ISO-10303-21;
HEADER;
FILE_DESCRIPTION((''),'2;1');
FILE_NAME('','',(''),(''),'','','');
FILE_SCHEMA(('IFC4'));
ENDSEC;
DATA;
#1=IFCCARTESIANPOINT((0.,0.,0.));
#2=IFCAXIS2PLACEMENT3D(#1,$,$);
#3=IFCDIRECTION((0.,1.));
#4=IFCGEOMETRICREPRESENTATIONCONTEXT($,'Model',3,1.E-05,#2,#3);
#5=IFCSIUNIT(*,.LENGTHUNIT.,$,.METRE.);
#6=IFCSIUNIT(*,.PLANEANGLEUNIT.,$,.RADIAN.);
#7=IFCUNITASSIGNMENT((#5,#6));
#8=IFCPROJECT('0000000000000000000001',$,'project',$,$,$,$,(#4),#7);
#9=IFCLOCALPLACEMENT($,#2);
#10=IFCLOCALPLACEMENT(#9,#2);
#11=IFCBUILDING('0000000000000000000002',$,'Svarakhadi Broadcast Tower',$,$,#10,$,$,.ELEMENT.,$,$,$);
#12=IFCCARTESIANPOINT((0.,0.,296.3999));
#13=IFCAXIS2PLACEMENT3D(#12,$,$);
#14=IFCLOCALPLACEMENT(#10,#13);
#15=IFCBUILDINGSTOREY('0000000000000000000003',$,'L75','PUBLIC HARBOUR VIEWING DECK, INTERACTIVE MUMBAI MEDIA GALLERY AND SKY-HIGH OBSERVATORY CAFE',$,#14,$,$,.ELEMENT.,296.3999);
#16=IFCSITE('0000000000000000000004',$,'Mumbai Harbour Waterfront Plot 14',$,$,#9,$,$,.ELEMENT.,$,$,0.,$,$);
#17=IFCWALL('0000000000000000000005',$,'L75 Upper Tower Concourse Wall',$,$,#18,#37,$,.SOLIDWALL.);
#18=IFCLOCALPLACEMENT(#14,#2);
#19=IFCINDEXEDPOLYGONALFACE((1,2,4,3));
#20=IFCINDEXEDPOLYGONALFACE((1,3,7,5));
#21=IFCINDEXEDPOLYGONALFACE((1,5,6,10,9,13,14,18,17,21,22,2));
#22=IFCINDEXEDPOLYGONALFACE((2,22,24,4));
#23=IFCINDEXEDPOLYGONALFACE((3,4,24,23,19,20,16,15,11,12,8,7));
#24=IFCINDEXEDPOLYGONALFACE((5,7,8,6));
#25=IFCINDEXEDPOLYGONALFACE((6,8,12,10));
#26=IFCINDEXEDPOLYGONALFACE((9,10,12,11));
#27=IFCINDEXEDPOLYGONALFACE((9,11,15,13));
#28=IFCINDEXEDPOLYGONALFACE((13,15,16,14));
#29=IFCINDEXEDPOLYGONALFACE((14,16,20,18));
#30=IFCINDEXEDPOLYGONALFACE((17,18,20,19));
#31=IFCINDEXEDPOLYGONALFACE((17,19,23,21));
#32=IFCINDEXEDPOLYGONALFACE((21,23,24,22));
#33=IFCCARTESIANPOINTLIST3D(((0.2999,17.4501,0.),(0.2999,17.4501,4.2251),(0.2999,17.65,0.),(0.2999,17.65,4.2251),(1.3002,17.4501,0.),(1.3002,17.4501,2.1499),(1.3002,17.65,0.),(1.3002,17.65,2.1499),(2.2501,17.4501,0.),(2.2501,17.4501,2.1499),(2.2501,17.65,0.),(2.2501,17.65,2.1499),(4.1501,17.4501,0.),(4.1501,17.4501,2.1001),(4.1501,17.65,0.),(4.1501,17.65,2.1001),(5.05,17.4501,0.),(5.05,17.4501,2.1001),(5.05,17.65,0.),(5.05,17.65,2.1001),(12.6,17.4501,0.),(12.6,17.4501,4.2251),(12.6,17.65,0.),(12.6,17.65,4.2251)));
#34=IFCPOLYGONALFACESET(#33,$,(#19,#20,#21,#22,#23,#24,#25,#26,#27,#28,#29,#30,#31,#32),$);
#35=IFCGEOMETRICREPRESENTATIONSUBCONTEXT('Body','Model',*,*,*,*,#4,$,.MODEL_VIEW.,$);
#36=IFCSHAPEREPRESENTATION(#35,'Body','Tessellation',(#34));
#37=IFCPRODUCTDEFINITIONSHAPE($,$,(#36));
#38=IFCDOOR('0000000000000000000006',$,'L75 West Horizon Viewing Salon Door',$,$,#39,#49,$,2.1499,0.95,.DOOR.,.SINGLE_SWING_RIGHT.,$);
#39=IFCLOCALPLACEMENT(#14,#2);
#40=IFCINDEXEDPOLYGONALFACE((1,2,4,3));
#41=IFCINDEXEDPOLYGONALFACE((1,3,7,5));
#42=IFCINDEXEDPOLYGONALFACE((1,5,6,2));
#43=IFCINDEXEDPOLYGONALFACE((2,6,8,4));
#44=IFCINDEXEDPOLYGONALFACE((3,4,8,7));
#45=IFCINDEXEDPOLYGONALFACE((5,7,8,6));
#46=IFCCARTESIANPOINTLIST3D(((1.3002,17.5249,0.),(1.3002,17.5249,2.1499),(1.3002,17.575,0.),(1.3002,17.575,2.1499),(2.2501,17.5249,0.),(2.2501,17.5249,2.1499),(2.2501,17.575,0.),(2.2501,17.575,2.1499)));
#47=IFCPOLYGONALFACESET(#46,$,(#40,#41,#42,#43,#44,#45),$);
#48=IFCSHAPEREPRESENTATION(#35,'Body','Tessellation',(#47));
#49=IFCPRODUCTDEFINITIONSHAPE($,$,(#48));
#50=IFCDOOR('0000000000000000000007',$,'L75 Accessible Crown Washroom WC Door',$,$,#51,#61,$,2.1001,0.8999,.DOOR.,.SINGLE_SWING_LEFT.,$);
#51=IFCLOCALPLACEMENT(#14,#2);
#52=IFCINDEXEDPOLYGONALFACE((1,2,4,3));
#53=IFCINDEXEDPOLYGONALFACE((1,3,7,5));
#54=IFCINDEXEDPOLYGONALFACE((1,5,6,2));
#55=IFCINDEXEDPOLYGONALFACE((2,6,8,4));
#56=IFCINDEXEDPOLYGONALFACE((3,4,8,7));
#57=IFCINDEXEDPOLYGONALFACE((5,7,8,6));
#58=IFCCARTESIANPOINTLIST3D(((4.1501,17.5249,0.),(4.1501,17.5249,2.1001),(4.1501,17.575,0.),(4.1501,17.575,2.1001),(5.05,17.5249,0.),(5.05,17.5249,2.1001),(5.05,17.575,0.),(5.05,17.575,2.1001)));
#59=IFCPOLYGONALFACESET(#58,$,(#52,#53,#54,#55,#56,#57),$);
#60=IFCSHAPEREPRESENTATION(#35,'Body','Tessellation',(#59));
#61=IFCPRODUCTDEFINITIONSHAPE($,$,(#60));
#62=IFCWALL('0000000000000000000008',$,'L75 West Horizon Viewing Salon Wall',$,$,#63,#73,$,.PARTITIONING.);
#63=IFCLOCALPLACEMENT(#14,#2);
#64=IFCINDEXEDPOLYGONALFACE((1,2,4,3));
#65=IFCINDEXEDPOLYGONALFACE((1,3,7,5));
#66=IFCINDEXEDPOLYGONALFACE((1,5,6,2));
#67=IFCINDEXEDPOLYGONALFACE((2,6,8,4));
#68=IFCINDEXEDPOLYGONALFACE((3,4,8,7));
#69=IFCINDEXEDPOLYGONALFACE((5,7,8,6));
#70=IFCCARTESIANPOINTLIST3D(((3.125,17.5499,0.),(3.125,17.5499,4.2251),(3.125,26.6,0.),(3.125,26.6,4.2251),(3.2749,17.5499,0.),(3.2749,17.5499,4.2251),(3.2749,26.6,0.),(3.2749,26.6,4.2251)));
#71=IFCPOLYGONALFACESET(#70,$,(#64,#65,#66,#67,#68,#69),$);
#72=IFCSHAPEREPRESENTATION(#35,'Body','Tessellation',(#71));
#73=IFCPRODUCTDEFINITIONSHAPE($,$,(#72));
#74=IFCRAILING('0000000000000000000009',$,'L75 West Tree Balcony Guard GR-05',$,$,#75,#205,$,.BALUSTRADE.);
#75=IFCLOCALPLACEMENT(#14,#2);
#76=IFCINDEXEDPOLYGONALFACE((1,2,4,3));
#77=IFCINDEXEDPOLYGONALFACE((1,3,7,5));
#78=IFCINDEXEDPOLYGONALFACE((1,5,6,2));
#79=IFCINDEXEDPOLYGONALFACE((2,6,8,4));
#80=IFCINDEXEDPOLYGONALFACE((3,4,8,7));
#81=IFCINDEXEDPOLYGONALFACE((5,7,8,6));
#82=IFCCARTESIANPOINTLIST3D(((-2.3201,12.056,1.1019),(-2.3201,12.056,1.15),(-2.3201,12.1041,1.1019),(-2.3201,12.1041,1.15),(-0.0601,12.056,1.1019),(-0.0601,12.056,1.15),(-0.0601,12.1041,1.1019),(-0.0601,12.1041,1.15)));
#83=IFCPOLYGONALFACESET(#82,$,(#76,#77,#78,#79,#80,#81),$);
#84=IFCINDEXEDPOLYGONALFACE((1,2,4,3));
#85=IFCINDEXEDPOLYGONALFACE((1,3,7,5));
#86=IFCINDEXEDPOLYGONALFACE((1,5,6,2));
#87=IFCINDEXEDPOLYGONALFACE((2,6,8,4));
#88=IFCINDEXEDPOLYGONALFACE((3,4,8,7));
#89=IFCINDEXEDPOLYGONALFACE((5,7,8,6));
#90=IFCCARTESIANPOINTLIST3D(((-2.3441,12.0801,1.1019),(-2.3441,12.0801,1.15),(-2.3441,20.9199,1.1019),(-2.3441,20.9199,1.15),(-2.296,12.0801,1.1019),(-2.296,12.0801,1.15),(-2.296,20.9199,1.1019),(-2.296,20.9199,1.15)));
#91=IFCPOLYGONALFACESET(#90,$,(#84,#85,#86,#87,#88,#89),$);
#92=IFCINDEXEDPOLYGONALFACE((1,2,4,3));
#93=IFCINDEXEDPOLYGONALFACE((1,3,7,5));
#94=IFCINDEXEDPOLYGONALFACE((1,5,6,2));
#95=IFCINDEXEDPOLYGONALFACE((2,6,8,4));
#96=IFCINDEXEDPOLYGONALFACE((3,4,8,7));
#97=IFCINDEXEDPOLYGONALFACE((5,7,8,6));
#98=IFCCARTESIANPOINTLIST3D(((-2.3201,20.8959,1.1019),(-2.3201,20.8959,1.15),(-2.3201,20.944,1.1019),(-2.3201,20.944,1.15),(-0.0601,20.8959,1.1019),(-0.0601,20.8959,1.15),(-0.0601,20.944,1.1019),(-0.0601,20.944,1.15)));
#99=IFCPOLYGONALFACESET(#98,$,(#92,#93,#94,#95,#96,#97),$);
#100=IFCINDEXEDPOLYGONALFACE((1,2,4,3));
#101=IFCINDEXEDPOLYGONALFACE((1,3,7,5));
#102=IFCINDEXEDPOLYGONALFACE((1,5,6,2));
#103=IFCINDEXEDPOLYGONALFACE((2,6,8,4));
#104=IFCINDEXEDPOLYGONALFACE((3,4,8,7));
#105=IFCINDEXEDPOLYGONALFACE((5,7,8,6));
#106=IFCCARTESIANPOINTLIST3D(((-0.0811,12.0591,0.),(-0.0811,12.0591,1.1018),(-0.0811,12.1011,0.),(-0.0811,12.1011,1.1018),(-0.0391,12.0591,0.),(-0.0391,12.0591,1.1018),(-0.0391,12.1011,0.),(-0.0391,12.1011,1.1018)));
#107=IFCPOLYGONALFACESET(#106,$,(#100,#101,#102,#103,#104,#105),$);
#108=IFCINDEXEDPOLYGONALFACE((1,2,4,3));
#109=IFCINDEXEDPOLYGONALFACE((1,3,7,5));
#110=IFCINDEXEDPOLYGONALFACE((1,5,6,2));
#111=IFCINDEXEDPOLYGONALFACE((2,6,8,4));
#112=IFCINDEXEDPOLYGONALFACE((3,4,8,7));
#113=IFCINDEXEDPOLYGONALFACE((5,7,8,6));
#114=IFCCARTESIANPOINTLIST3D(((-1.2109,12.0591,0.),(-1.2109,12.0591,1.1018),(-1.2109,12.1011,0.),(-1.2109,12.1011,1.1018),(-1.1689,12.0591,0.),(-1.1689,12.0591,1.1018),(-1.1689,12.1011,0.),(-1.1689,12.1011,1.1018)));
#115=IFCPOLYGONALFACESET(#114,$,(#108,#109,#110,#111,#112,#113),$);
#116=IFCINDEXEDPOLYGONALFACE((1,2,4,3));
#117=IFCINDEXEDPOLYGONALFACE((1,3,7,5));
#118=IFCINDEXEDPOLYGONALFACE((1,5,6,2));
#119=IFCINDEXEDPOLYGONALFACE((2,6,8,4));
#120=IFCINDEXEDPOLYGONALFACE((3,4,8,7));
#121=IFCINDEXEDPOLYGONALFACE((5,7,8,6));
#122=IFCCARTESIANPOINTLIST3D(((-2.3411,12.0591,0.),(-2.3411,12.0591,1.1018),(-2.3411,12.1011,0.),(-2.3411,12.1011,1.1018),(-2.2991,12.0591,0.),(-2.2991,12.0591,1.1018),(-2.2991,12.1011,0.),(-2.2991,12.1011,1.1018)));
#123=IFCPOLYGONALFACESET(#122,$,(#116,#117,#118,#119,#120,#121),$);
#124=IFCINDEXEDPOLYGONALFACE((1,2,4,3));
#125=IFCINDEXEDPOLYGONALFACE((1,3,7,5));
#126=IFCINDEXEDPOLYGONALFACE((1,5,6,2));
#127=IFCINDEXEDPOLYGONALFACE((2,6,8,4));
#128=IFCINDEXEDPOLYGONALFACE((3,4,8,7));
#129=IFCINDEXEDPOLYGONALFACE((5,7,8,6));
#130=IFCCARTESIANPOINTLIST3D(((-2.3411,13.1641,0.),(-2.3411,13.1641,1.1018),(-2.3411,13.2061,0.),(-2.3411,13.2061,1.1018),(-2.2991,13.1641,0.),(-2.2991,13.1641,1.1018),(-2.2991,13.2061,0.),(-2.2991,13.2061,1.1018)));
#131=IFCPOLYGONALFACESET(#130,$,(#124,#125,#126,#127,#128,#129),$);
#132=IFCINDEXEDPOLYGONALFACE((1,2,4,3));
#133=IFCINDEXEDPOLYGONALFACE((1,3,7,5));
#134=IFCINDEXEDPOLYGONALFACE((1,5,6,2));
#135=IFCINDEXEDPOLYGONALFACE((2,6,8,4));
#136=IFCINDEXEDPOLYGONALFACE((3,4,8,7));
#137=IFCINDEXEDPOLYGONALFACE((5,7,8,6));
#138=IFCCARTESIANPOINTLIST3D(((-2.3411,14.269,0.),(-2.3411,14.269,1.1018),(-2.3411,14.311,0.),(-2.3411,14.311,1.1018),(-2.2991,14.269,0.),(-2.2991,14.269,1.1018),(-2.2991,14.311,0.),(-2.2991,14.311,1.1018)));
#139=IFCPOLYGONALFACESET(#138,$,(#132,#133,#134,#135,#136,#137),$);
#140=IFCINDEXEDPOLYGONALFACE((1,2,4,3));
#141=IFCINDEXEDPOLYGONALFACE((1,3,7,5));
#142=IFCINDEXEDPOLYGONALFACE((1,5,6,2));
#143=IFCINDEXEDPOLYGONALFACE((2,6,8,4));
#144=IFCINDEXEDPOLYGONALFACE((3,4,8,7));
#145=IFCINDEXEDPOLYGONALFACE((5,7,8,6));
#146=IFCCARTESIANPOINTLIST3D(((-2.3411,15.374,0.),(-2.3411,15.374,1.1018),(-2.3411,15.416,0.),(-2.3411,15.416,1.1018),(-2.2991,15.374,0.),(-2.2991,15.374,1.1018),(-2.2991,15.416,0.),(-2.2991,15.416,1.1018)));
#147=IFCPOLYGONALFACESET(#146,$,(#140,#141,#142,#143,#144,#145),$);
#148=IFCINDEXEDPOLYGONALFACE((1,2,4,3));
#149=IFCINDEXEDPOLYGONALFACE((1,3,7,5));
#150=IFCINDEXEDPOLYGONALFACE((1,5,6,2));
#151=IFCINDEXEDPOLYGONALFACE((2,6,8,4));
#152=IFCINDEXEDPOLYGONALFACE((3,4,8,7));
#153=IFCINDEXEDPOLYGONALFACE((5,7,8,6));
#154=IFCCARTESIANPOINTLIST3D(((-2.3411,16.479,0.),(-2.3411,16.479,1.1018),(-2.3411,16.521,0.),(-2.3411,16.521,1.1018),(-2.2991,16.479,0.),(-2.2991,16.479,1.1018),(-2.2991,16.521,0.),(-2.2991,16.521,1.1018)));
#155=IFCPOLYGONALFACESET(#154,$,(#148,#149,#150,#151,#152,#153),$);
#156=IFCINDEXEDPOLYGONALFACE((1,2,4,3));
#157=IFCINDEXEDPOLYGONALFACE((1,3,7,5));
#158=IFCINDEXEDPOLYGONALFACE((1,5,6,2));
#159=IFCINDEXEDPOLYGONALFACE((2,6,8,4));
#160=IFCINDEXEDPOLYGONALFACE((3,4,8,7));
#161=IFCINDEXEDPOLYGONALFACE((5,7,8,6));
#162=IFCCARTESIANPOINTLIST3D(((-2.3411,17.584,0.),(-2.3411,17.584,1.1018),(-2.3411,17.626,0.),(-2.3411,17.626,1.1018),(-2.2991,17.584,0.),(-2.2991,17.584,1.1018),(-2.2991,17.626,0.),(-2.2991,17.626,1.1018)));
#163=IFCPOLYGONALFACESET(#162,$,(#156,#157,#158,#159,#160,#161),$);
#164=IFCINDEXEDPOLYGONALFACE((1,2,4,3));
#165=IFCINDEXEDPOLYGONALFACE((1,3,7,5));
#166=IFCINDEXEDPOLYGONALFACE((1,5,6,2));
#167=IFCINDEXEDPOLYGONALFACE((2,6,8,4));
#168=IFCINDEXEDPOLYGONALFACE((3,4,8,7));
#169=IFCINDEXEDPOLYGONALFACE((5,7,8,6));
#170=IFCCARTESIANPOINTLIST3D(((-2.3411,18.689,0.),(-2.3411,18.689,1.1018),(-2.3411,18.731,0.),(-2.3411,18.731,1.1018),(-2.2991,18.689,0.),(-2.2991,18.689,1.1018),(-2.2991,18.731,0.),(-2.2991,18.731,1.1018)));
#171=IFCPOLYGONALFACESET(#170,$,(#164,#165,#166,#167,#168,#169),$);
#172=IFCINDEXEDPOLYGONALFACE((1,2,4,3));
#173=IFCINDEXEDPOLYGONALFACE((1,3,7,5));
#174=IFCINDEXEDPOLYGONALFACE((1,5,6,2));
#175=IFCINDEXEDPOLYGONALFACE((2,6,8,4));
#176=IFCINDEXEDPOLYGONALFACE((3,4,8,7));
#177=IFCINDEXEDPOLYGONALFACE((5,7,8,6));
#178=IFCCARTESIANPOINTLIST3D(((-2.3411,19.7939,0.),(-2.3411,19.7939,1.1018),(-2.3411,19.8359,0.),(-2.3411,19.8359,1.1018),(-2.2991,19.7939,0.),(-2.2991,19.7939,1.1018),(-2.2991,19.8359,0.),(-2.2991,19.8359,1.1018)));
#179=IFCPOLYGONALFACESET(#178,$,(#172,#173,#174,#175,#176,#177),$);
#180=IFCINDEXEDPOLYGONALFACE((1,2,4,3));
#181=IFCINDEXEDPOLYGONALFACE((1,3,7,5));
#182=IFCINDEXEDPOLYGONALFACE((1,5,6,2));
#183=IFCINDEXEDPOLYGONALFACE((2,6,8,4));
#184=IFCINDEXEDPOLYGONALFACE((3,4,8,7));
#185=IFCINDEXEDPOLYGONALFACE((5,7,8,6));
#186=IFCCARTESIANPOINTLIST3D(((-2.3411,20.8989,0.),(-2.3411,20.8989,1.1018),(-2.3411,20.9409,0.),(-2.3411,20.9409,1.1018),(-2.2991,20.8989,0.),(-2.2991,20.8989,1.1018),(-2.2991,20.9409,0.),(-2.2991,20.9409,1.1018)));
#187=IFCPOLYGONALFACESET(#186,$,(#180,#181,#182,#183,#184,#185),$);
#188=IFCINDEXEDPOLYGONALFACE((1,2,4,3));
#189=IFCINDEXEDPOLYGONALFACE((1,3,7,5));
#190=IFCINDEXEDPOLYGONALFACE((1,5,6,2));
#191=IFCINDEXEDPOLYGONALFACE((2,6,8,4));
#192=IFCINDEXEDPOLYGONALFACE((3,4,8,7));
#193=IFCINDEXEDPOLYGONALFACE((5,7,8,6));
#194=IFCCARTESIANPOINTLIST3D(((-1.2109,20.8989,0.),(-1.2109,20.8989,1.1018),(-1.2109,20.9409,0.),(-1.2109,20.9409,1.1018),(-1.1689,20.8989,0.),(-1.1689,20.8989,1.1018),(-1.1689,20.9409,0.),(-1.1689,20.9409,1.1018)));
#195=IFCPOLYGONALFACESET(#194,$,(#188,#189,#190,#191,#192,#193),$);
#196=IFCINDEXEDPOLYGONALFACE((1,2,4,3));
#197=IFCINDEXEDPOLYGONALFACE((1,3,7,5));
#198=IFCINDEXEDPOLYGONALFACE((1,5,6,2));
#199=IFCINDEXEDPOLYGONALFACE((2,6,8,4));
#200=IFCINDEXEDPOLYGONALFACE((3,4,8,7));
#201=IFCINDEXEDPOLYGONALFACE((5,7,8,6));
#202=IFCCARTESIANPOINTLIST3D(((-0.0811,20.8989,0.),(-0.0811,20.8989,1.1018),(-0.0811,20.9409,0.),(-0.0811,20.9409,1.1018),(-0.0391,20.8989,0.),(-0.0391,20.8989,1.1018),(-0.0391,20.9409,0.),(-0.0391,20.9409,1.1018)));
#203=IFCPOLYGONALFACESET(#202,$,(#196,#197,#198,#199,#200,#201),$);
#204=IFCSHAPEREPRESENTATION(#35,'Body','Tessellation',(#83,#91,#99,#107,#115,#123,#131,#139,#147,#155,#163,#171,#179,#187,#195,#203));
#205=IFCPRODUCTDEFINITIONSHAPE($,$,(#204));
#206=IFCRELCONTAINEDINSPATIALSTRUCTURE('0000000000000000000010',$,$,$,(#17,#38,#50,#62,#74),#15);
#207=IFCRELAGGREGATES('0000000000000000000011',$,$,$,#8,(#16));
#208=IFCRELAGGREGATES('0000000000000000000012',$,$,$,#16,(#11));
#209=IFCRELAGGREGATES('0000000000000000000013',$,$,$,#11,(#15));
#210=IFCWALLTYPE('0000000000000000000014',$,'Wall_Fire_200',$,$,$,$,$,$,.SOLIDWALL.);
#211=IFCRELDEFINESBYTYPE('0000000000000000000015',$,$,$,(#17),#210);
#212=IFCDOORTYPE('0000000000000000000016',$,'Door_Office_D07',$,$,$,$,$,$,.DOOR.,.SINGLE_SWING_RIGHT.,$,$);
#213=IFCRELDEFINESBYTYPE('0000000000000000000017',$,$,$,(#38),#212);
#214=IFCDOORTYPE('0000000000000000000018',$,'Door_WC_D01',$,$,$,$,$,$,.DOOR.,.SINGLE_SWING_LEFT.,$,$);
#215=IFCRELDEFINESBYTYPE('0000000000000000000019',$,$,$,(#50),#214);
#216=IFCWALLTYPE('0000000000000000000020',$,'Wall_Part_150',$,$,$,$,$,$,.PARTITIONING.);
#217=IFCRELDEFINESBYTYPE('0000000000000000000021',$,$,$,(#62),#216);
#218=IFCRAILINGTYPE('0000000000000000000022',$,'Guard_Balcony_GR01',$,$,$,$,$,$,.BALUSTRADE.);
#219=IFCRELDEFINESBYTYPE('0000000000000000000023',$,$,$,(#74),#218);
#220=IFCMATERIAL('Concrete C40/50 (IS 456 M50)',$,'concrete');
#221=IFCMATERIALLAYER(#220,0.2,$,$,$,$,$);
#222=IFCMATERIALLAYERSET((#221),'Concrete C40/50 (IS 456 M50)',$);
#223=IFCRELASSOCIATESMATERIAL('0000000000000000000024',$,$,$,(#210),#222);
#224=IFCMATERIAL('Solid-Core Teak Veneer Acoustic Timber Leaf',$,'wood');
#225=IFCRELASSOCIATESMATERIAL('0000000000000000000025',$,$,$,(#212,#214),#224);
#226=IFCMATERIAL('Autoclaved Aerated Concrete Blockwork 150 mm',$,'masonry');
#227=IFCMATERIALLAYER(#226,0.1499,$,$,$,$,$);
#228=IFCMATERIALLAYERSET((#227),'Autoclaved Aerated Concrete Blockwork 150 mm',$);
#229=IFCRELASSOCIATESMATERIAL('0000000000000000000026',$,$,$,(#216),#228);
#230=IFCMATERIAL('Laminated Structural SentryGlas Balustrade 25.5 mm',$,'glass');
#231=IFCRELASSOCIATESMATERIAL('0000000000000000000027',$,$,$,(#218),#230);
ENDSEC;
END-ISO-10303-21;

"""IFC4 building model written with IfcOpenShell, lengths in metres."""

from ifc_helpers import new_model, si_unit, direction, frame, frame_2d, origin, origin_2d, place, context, subcontext, project, spatial, rectangle, extrude, material, layer, layer_set, type_object, element, fill, save


model = new_model("IFC4")

# Units and contexts
model_context = context("Model", 3, precision=1e-05, world=origin(), true_north=direction((0.0, 1.0)))
body_context = subcontext(model_context, "Body", "Model", "MODEL_VIEW")
ifc_project = project(units=[si_unit("LENGTHUNIT", "METRE"), si_unit("PLANEANGLEUNIT", "RADIAN")], contexts=[model_context])

# Site, building, storey
site_placement = place(None, origin())
site = spatial("IfcSite", under=ifc_project, at=site_placement, Name="Mumbai Harbour Waterfront Plot 14", CompositionType="ELEMENT", RefElevation=0.0)
building_placement = place(site_placement, origin())
building = spatial("IfcBuilding", under=site, at=building_placement, Name="Svarakhadi Broadcast Tower", CompositionType="ELEMENT")
storey_placement = place(building_placement, frame((0.0, 0.0, 296.3999)))
storey = spatial("IfcBuildingStorey", under=building, at=storey_placement, Name="L75", Description="PUBLIC HARBOUR VIEWING DECK, INTERACTIVE MUMBAI MEDIA GALLERY AND SKY-HIGH OBSERVATORY CAFE", CompositionType="ELEMENT", Elevation=296.3999)

# Wall, openings, doors
ifc_material_1 = material(Name="Concrete C40/50 (IS 456 M50)", Category="concrete")
ifc_layer_1 = layer(ifc_material_1, 0.2)
ifc_layer_set_1 = layer_set([ifc_layer_1], Name="Concrete C40/50 (IS 456 M50)")
wall_type_1 = type_object("IfcWallType", Name="Wall_Fire_200", PredefinedType="SOLIDWALL", material=ifc_layer_set_1)
wall_1_placement = place(storey_placement, frame((0.3, 17.55, 0.0), z_axis=(0.0, 0.0, 1.0), x_axis=(1.0, 0.0, 0.0)))
wall_1 = element("IfcWall", 1, at=wall_1_placement, inside=storey, type_object=wall_type_1, Name="L75 Upper Tower Concourse Wall", PredefinedType="SOLIDWALL", context=body_context, shape_type="SweptSolid", body=[
    extrude(rectangle(XDim=12.3, YDim=0.2, at=frame_2d((6.1499, 0.0))), origin(), (0.0, 0.0, 1.0), 4.2251),
])
opening_1_placement = place(wall_1_placement, frame((1.0, 0.0, 0.0)))
opening_1 = element("IfcOpeningElement", 2, at=opening_1_placement, cuts=wall_1, PredefinedType="OPENING", context=body_context, shape_type="SweptSolid", body=[
    extrude(rectangle(XDim=0.95, YDim=2.1499, at=frame_2d((0.4751, 1.075))), frame((0.0, 0.1099, 0.0), z_axis=(0.0, -1.0, 0.0), x_axis=(1.0, 0.0, 0.0)), (0.0, 0.0, 1.0), 0.22),
])
opening_2_placement = place(wall_1_placement, frame((3.8501, 0.0, 0.0)))
opening_2 = element("IfcOpeningElement", 3, at=opening_2_placement, cuts=wall_1, PredefinedType="OPENING", context=body_context, shape_type="SweptSolid", body=[
    extrude(rectangle(XDim=0.8999, YDim=2.1001, at=frame_2d((0.45, 1.05))), frame((0.0, 0.1099, 0.0), z_axis=(0.0, -1.0, 0.0), x_axis=(1.0, 0.0, 0.0)), (0.0, 0.0, 1.0), 0.22),
])
ifc_material_2 = material(Name="Solid-Core Teak Veneer Acoustic Timber Leaf", Category="wood")
door_type_1 = type_object("IfcDoorType", Name="Door_Office_D07", OperationType="SINGLE_SWING_RIGHT", PredefinedType="DOOR", material=ifc_material_2)
door_1_placement = place(opening_1_placement, origin())
door_1 = element("IfcDoor", 4, at=door_1_placement, inside=storey, type_object=door_type_1, Name="L75 West Horizon Viewing Salon Door", OperationType="SINGLE_SWING_RIGHT", OverallHeight=2.1499, OverallWidth=0.95, PredefinedType="DOOR", context=body_context, shape_type="SweptSolid", body=[
    extrude(rectangle(XDim=0.95, YDim=2.1499, at=frame_2d((0.4751, 1.075))), frame((0.0, 0.0249, 0.0), z_axis=(0.0, -1.0, 0.0), x_axis=(1.0, 0.0, 0.0)), (0.0, 0.0, 1.0), 0.05),
])
fill(opening_1, door_1)
door_type_2 = type_object("IfcDoorType", Name="Door_WC_D01", OperationType="SINGLE_SWING_LEFT", PredefinedType="DOOR", material=ifc_material_2)
door_2_placement = place(opening_2_placement, origin())
door_2 = element("IfcDoor", 5, at=door_2_placement, inside=storey, type_object=door_type_2, Name="L75 Accessible Crown Washroom WC Door", OperationType="SINGLE_SWING_LEFT", OverallHeight=2.1001, OverallWidth=0.8999, PredefinedType="DOOR", context=body_context, shape_type="SweptSolid", body=[
    extrude(rectangle(XDim=0.8999, YDim=2.1001, at=frame_2d((0.45, 1.05))), frame((0.0, 0.0249, 0.0), z_axis=(0.0, -1.0, 0.0), x_axis=(1.0, 0.0, 0.0)), (0.0, 0.0, 1.0), 0.05),
])
fill(opening_2, door_2)

# Wall
ifc_material_3 = material(Name="Autoclaved Aerated Concrete Blockwork 150 mm", Category="masonry")
ifc_layer_2 = layer(ifc_material_3, 0.1499)
ifc_layer_set_2 = layer_set([ifc_layer_2], Name="Autoclaved Aerated Concrete Blockwork 150 mm")
wall_type_2 = type_object("IfcWallType", Name="Wall_Part_150", PredefinedType="PARTITIONING", material=ifc_layer_set_2)
wall_2_placement = place(storey_placement, frame((3.2, 17.55, 0.0), z_axis=(0.0, 0.0, 1.0), x_axis=(0.0, 1.0, 0.0)))
element("IfcWall", 6, at=wall_2_placement, inside=storey, type_object=wall_type_2, Name="L75 West Horizon Viewing Salon Wall", PredefinedType="PARTITIONING", context=body_context, shape_type="SweptSolid", body=[
    extrude(rectangle(XDim=9.05, YDim=0.1499, at=frame_2d((4.5249, 0.0))), origin(), (0.0, 0.0, 1.0), 4.2251),
])

# Railing
ifc_material_4 = material(Name="Laminated Structural SentryGlas Balustrade 25.5 mm", Category="glass")
railing_type = type_object("IfcRailingType", Name="Guard_Balcony_GR01", PredefinedType="BALUSTRADE", material=ifc_material_4)
railing_placement = place(storey_placement, frame((-0.0601, 12.0801, 0.0)))
element("IfcRailing", 7, at=railing_placement, inside=storey, type_object=railing_type, Name="L75 West Tree Balcony Guard GR-05", PredefinedType="BALUSTRADE", context=body_context, shape_type="SweptSolid", body=[
    extrude(rectangle(XDim=0.0481, YDim=0.0481, at=origin_2d()), frame((0.0, 0.0, 1.126), z_axis=(-1.0, 0.0, 0.0), x_axis=(0.0, -1.0, 0.0)), (0.0, 0.0, 1.0), 2.26),
    extrude(rectangle(XDim=0.0481, YDim=0.0481, at=origin_2d()), frame((-2.26, 0.0, 1.126), z_axis=(0.0, 1.0, 0.0), x_axis=(-1.0, 0.0, 0.0)), (0.0, 0.0, 1.0), 8.8398),
    extrude(rectangle(XDim=0.0481, YDim=0.0481, at=origin_2d()), frame((-2.26, 8.8398, 1.126), z_axis=(1.0, 0.0, 0.0), x_axis=(0.0, 1.0, 0.0)), (0.0, 0.0, 1.0), 2.26),
    extrude(rectangle(XDim=0.042, YDim=0.042, at=origin_2d()), origin(), (0.0, 0.0, 1.0), 1.1018),
    extrude(rectangle(XDim=0.042, YDim=0.042, at=origin_2d()), frame((-1.1299, 0.0, 0.0)), (0.0, 0.0, 1.0), 1.1018),
    extrude(rectangle(XDim=0.042, YDim=0.042, at=origin_2d()), frame((-2.26, 0.0, 0.0)), (0.0, 0.0, 1.0), 1.1018),
    extrude(rectangle(XDim=0.042, YDim=0.042, at=origin_2d()), frame((-2.26, 1.105, 0.0)), (0.0, 0.0, 1.0), 1.1018),
    extrude(rectangle(XDim=0.042, YDim=0.042, at=origin_2d()), frame((-2.26, 2.21, 0.0)), (0.0, 0.0, 1.0), 1.1018),
    extrude(rectangle(XDim=0.042, YDim=0.042, at=origin_2d()), frame((-2.26, 3.3149, 0.0)), (0.0, 0.0, 1.0), 1.1018),
    extrude(rectangle(XDim=0.042, YDim=0.042, at=origin_2d()), frame((-2.26, 4.4199, 0.0)), (0.0, 0.0, 1.0), 1.1018),
    extrude(rectangle(XDim=0.042, YDim=0.042, at=origin_2d()), frame((-2.26, 5.5249, 0.0)), (0.0, 0.0, 1.0), 1.1018),
    extrude(rectangle(XDim=0.042, YDim=0.042, at=origin_2d()), frame((-2.26, 6.6299, 0.0)), (0.0, 0.0, 1.0), 1.1018),
    extrude(rectangle(XDim=0.042, YDim=0.042, at=origin_2d()), frame((-2.26, 7.7349, 0.0)), (0.0, 0.0, 1.0), 1.1018),
    extrude(rectangle(XDim=0.042, YDim=0.042, at=origin_2d()), frame((-2.26, 8.8398, 0.0)), (0.0, 0.0, 1.0), 1.1018),
    extrude(rectangle(XDim=0.042, YDim=0.042, at=origin_2d()), frame((-1.1299, 8.8398, 0.0)), (0.0, 0.0, 1.0), 1.1018),
    extrude(rectangle(XDim=0.042, YDim=0.042, at=origin_2d()), frame((0.0, 8.8398, 0.0)), (0.0, 0.0, 1.0), 1.1018),
])

save(model, "model.ifc")
